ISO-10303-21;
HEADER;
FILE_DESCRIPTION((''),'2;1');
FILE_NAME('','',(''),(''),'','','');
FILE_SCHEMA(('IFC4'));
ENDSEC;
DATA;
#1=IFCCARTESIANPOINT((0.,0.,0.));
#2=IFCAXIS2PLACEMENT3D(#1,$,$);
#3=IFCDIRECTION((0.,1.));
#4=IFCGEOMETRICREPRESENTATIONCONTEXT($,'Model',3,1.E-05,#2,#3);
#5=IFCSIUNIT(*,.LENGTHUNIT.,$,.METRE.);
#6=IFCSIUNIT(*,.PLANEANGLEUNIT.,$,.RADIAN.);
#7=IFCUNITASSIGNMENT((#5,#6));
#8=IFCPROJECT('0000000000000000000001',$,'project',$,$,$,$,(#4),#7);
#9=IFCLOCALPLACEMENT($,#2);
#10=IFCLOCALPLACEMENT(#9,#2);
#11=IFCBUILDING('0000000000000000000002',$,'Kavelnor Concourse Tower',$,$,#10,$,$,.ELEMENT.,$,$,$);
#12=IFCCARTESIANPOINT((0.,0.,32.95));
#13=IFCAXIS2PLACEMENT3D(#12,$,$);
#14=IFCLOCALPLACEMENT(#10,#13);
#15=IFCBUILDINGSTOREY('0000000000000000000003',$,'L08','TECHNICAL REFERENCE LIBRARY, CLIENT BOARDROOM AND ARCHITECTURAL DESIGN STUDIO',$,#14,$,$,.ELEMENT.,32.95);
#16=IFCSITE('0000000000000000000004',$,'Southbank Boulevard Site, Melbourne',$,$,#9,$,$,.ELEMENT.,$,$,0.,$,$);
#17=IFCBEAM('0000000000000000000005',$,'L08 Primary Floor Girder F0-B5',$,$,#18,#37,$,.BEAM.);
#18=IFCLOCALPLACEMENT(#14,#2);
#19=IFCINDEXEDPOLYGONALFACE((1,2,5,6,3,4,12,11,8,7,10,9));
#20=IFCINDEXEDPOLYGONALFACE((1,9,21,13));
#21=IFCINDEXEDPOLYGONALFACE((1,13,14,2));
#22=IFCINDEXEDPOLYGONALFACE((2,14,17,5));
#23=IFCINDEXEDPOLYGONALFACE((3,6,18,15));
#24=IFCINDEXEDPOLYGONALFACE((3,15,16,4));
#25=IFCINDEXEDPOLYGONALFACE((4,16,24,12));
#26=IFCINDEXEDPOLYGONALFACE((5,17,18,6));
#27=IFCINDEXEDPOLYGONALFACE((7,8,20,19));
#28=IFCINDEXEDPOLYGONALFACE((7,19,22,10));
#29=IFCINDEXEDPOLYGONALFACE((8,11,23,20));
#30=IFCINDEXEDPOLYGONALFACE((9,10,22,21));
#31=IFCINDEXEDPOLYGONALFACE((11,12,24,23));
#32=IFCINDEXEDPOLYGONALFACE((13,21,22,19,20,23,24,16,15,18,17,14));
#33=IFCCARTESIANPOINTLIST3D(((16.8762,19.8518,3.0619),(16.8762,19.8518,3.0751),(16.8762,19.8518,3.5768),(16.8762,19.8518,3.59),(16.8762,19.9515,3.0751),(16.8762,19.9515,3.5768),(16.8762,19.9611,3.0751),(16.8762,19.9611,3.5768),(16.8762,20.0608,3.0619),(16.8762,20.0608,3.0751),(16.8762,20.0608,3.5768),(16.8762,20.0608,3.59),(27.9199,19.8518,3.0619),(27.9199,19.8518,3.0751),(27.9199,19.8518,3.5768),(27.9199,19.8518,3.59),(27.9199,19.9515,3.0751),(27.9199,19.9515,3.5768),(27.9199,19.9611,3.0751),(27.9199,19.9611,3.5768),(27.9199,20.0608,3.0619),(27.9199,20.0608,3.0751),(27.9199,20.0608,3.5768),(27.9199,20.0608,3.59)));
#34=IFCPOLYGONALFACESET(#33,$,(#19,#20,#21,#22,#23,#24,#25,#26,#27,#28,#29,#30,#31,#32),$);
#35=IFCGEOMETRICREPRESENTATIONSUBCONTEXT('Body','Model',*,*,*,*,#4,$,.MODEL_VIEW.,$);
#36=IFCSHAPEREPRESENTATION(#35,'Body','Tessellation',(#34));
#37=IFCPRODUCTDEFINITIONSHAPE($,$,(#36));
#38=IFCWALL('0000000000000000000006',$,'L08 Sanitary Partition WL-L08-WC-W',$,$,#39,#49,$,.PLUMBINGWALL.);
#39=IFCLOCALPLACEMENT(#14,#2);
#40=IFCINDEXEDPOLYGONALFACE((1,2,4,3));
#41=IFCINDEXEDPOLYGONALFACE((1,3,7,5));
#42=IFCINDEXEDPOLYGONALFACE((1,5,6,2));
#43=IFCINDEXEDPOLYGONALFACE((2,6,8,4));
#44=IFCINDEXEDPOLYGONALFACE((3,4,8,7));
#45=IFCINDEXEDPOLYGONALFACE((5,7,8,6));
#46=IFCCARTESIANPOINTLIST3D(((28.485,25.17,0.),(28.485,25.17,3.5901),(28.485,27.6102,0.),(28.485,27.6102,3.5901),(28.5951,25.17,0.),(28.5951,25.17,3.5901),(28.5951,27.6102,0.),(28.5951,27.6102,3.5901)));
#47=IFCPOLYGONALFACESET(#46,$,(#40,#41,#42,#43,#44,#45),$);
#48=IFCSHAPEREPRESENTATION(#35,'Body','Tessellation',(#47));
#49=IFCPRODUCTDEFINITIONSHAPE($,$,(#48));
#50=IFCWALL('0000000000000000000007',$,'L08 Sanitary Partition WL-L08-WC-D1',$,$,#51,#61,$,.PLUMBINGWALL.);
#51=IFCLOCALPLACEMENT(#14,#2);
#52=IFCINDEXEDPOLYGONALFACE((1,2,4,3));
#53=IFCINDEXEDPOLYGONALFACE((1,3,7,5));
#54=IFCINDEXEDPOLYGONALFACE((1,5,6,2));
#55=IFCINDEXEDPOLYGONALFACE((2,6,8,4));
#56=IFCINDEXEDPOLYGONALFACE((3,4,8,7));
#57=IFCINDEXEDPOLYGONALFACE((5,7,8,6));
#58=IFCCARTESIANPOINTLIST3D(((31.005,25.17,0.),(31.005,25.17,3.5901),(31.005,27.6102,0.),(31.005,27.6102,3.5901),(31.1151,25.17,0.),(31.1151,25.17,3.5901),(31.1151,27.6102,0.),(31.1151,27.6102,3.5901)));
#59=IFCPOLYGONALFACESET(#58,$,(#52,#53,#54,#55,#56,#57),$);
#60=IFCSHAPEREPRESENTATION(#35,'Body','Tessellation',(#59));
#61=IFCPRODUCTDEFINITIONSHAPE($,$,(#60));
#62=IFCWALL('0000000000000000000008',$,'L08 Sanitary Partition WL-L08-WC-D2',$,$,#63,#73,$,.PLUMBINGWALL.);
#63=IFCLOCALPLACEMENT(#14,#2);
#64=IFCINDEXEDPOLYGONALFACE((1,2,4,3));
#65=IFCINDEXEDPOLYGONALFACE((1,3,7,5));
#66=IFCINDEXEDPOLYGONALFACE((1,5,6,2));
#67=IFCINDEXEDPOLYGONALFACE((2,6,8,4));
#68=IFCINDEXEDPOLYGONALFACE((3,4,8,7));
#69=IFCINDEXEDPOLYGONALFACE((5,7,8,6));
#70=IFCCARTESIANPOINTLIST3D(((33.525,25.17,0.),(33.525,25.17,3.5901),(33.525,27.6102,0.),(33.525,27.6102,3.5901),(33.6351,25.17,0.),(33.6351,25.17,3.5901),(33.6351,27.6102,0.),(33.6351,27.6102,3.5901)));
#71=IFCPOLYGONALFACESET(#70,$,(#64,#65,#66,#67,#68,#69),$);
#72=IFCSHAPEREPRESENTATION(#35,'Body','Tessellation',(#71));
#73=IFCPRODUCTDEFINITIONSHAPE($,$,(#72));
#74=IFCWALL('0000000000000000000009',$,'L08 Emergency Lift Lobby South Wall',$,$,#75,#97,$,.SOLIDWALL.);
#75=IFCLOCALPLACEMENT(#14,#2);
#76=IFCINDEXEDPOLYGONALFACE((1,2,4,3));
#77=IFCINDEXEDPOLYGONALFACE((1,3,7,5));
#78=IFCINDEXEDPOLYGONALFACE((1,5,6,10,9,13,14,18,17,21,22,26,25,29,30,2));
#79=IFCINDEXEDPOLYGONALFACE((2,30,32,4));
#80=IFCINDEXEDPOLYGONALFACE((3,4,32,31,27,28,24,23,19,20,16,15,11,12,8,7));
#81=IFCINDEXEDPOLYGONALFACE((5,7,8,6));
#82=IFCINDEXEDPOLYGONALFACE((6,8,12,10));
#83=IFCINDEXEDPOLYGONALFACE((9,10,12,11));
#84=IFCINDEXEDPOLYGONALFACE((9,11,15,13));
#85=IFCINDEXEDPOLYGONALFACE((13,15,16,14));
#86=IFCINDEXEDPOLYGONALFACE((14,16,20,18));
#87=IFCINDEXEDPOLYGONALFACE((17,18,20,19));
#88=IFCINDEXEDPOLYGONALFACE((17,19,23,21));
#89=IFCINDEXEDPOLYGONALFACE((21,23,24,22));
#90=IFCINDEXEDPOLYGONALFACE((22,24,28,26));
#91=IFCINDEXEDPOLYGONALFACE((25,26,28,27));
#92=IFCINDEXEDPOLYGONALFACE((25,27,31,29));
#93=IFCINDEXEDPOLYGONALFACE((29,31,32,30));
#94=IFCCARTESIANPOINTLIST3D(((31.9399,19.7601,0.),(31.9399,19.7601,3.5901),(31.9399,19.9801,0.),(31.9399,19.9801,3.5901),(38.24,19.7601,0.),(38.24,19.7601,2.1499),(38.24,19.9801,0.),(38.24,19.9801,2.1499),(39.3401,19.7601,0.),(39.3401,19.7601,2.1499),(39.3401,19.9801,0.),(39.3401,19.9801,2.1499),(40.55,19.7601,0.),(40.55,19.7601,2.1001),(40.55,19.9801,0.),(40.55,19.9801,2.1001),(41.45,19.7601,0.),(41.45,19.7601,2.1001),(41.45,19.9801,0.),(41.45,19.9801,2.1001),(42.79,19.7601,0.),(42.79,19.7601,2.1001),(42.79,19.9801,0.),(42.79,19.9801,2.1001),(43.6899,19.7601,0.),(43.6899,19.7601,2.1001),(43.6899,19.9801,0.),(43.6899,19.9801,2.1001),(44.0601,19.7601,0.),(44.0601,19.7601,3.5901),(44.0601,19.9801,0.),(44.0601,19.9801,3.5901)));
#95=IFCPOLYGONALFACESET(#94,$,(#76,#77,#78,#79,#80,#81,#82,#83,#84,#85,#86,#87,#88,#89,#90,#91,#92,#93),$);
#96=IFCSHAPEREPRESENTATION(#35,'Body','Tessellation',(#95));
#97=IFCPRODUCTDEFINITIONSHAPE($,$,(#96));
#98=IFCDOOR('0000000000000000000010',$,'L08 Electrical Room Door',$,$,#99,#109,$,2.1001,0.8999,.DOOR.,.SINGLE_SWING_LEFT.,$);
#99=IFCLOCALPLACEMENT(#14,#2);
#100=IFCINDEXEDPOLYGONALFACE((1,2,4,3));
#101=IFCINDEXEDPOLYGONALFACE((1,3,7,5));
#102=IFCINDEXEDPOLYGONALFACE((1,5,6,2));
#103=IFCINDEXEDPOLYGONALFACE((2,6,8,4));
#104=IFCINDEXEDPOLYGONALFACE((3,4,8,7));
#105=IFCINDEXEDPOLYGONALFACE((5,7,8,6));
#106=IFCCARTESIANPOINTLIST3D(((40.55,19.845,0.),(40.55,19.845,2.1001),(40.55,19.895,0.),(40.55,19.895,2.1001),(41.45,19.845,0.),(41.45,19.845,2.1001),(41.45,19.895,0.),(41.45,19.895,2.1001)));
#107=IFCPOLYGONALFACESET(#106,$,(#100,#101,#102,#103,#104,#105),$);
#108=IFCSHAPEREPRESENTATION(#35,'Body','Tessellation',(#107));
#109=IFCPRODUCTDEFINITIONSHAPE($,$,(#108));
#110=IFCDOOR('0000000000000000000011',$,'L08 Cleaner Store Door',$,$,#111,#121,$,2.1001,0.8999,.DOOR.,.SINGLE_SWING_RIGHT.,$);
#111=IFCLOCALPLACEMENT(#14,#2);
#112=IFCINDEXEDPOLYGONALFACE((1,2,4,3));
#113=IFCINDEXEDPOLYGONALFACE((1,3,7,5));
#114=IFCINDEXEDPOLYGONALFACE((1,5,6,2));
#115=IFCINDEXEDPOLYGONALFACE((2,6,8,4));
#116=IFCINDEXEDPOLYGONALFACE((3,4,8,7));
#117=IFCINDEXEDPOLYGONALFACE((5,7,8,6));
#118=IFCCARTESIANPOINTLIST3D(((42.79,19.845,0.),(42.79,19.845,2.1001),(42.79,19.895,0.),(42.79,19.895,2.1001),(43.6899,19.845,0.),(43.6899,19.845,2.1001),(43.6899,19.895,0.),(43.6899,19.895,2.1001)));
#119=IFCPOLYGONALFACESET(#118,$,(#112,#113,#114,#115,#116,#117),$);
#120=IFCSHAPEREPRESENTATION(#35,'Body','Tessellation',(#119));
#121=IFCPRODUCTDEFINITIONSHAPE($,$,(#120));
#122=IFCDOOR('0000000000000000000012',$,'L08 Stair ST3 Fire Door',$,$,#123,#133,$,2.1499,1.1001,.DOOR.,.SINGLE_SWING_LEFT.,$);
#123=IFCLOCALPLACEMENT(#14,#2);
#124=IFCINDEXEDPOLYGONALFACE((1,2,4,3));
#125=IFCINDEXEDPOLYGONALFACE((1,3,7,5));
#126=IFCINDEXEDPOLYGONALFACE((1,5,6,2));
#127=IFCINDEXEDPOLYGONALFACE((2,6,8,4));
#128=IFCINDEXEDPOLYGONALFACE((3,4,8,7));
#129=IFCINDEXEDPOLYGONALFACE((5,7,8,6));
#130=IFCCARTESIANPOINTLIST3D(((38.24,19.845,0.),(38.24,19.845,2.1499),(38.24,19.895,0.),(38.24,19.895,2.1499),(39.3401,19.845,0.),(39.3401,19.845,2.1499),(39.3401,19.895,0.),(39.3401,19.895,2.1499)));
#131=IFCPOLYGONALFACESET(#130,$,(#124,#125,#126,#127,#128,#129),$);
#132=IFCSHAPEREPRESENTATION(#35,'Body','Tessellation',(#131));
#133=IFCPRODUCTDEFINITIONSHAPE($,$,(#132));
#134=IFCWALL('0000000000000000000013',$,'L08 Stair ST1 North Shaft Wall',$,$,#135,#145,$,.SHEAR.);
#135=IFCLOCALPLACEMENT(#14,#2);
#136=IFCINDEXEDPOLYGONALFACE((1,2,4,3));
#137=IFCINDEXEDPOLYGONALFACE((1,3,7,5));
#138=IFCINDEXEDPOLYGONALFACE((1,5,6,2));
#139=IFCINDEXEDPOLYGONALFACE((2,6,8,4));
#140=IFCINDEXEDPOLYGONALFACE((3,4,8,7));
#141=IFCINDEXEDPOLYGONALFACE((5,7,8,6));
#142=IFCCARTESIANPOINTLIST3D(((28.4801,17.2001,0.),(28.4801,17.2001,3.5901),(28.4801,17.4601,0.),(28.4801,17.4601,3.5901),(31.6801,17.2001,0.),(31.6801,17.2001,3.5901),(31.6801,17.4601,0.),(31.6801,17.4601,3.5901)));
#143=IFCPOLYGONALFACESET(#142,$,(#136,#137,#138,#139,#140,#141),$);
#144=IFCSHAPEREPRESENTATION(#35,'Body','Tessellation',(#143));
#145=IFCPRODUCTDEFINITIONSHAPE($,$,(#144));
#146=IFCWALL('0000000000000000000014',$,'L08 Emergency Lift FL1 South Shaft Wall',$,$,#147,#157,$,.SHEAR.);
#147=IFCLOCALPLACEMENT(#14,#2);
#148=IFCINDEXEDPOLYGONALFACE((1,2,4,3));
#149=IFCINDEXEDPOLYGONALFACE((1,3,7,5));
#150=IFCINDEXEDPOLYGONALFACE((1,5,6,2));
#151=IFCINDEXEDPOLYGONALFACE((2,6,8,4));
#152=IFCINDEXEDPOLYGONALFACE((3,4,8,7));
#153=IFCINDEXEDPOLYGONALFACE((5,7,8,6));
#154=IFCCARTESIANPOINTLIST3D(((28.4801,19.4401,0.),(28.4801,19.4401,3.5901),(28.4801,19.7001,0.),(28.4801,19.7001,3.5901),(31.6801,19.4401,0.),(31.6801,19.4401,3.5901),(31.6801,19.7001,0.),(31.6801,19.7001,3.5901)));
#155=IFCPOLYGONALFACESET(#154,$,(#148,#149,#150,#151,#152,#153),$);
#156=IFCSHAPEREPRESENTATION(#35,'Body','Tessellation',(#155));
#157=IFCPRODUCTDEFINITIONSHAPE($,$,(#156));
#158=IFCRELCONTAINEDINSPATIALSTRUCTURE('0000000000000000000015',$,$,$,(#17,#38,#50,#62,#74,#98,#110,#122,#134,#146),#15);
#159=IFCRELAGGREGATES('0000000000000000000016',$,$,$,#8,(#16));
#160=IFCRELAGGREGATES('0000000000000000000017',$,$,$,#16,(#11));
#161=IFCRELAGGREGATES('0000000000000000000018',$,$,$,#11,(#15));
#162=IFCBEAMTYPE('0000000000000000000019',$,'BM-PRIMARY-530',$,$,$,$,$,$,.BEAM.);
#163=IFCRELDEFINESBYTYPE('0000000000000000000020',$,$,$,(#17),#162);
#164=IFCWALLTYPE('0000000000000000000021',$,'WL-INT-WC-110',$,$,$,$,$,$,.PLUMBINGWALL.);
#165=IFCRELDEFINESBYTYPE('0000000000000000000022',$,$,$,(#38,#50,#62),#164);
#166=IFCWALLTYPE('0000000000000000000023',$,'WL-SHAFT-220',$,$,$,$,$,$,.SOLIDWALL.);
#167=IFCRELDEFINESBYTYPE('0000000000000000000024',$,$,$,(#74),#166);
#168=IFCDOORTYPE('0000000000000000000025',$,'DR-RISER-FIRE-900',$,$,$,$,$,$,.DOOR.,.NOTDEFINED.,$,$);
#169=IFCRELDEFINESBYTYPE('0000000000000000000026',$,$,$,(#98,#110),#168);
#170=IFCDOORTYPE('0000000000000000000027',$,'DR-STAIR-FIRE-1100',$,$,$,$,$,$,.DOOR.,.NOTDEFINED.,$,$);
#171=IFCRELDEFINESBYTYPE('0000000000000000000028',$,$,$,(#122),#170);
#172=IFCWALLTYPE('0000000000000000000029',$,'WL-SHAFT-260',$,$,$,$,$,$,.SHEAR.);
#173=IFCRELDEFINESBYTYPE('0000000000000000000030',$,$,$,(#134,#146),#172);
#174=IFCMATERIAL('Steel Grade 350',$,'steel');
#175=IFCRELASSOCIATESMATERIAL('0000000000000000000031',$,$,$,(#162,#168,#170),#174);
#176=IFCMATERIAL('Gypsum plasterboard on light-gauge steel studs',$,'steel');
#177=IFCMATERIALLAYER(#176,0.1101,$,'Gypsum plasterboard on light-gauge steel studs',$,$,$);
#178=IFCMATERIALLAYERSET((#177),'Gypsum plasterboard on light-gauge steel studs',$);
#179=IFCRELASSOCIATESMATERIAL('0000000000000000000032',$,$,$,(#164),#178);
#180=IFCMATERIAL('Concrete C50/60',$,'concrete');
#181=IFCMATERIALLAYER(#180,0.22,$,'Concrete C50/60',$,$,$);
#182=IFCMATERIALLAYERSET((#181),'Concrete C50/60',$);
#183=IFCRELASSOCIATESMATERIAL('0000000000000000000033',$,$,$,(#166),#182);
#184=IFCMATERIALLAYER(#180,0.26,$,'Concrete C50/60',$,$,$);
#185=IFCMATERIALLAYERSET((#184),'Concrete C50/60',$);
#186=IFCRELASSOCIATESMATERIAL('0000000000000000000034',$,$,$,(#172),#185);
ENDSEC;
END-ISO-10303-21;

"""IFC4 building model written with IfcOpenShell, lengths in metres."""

from ifc_helpers import new_model, si_unit, direction, frame, frame_2d, origin, origin_2d, place, context, subcontext, project, spatial, rectangle, i_section, extrude, material, layer, layer_set, material_profile, profile_set, type_object, element, fill, save


model = new_model("IFC4")

# Units and contexts
model_context = context("Model", 3, precision=1e-05, world=origin(), true_north=direction((0.0, 1.0)))
body_context = subcontext(model_context, "Body", "Model", "MODEL_VIEW")
ifc_project = project(units=[si_unit("LENGTHUNIT", "METRE"), si_unit("PLANEANGLEUNIT", "RADIAN")], contexts=[model_context])

# Site, building, storey
site_placement = place(None, origin())
site = spatial("IfcSite", under=ifc_project, at=site_placement, Name="Southbank Boulevard Site, Melbourne", CompositionType="ELEMENT", RefElevation=0.0)
building_placement = place(site_placement, origin())
building = spatial("IfcBuilding", under=site, at=building_placement, Name="Kavelnor Concourse Tower", CompositionType="ELEMENT")
storey_placement = place(building_placement, frame((0.0, 0.0, 32.95)))
storey = spatial("IfcBuildingStorey", under=building, at=storey_placement, Name="L08", Description="TECHNICAL REFERENCE LIBRARY, CLIENT BOARDROOM AND ARCHITECTURAL DESIGN STUDIO", CompositionType="ELEMENT", Elevation=32.95)

# Beam
ifc_material_1 = material(Name="Steel Grade 350", Category="steel")
ifc_material_profile_1 = material_profile(ifc_material_1, i_section(OverallWidth=0.209, OverallDepth=0.5281, WebThickness=0.0095, FlangeThickness=0.0132, at=origin_2d()), Name="530UB82")
ifc_profile_set_1 = profile_set([ifc_material_profile_1], Name="Steel Grade 350")
beam_type_1 = type_object("IfcBeamType", Name="BM-PRIMARY-530", PredefinedType="BEAM", material=ifc_profile_set_1)
beam_1_placement = place(storey_placement, frame((27.9199, 19.9563, 3.3259), z_axis=(-1.0, 0.0, 0.0), x_axis=(0.0, -1.0, 0.0)))
element("IfcBeam", 1, at=beam_1_placement, inside=storey, type_object=beam_type_1, Name="L08 Primary Floor Girder F0-B5", PredefinedType="BEAM", context=body_context, shape_type="SweptSolid", body=[
    extrude(i_section(OverallWidth=0.209, OverallDepth=0.5281, WebThickness=0.0095, FlangeThickness=0.0132, at=origin_2d()), origin(), (0.0, 0.0, 1.0), 11.0437),
])

# Walls
ifc_material_2 = material(Name="Gypsum plasterboard on light-gauge steel studs", Category="steel")
ifc_layer_1 = layer(ifc_material_2, 0.1101, Name="Gypsum plasterboard on light-gauge steel studs")
ifc_layer_set_1 = layer_set([ifc_layer_1], Name="Gypsum plasterboard on light-gauge steel studs")
wall_type_1 = type_object("IfcWallType", Name="WL-INT-WC-110", PredefinedType="PLUMBINGWALL", material=ifc_layer_set_1)
for number, where, z_axis, x_axis, name in (
    (2, (28.54, 25.1699, 0.0), (0.0, 0.0, 1.0), (0.0, 1.0, 0.0), "L08 Sanitary Partition WL-L08-WC-W"),
    (3, (31.0601, 25.1699, 0.0), (0.0, 0.0, 1.0), (0.0, 1.0, 0.0), "L08 Sanitary Partition WL-L08-WC-D1"),
    (4, (33.5801, 25.1699, 0.0), (0.0, 0.0, 1.0), (0.0, 1.0, 0.0), "L08 Sanitary Partition WL-L08-WC-D2"),
):
    element("IfcWall", number, at=place(storey_placement, frame(where, z_axis=z_axis, x_axis=x_axis)), inside=storey, type_object=wall_type_1, Name=name, PredefinedType="PLUMBINGWALL", context=body_context, shape_type="SweptSolid", body=[
        extrude(rectangle(XDim=2.4402, YDim=0.1101, at=frame_2d((1.2202, 0.0))), origin(), (0.0, 0.0, 1.0), 3.5901),
    ])

# Wall, openings, doors
ifc_material_3 = material(Name="Concrete C50/60", Category="concrete")
ifc_layer_2 = layer(ifc_material_3, 0.22, Name="Concrete C50/60")
ifc_layer_set_2 = layer_set([ifc_layer_2], Name="Concrete C50/60")
wall_type_2 = type_object("IfcWallType", Name="WL-SHAFT-220", PredefinedType="SOLIDWALL", material=ifc_layer_set_2)
wall_1_placement = place(storey_placement, frame((31.9399, 19.8701, 0.0), z_axis=(0.0, 0.0, 1.0), x_axis=(1.0, 0.0, 0.0)))
wall_1 = element("IfcWall", 5, at=wall_1_placement, inside=storey, type_object=wall_type_2, Name="L08 Emergency Lift Lobby South Wall", PredefinedType="SOLIDWALL", context=body_context, shape_type="SweptSolid", body=[
    extrude(rectangle(XDim=12.1201, YDim=0.22, at=frame_2d((6.0601, 0.0))), origin(), (0.0, 0.0, 1.0), 3.5901),
])
opening_1_placement = place(wall_1_placement, frame((6.3, 0.0, 0.0)))
opening_1 = element("IfcOpeningElement", 6, at=opening_1_placement, cuts=wall_1, PredefinedType="OPENING", context=body_context, shape_type="SweptSolid", body=[
    extrude(rectangle(XDim=1.1001, YDim=2.1499, at=frame_2d((0.55, 1.075))), frame((0.0, 0.1201, 0.0), z_axis=(0.0, -1.0, 0.0), x_axis=(1.0, 0.0, 0.0)), (0.0, 0.0, 1.0), 0.24),
])
opening_2_placement = place(wall_1_placement, frame((8.6101, 0.0, 0.0)))
opening_2 = element("IfcOpeningElement", 7, at=opening_2_placement, cuts=wall_1, PredefinedType="OPENING", context=body_context, shape_type="SweptSolid", body=[
    extrude(rectangle(XDim=0.8999, YDim=2.1001, at=frame_2d((0.45, 1.05))), frame((0.0, 0.1201, 0.0), z_axis=(0.0, -1.0, 0.0), x_axis=(1.0, 0.0, 0.0)), (0.0, 0.0, 1.0), 0.24),
])
opening_3_placement = place(wall_1_placement, frame((10.8501, 0.0, 0.0)))
opening_3 = element("IfcOpeningElement", 8, at=opening_3_placement, cuts=wall_1, PredefinedType="OPENING", context=body_context, shape_type="SweptSolid", body=[
    extrude(rectangle(XDim=0.8999, YDim=2.1001, at=frame_2d((0.45, 1.05))), frame((0.0, 0.1201, 0.0), z_axis=(0.0, -1.0, 0.0), x_axis=(1.0, 0.0, 0.0)), (0.0, 0.0, 1.0), 0.24),
])
door_type_1 = type_object("IfcDoorType", Name="DR-RISER-FIRE-900", OperationType="NOTDEFINED", PredefinedType="DOOR", material=ifc_material_1)
door_1_placement = place(opening_2_placement, origin())
door_1 = element("IfcDoor", 9, at=door_1_placement, inside=storey, type_object=door_type_1, Name="L08 Electrical Room Door", OperationType="SINGLE_SWING_LEFT", OverallHeight=2.1001, OverallWidth=0.8999, PredefinedType="DOOR", context=body_context, shape_type="SweptSolid", body=[
    extrude(rectangle(XDim=0.8999, YDim=2.1001, at=frame_2d((0.45, 1.05))), frame((0.0, 0.0249, 0.0), z_axis=(0.0, -1.0, 0.0), x_axis=(1.0, 0.0, 0.0)), (0.0, 0.0, 1.0), 0.05),
])
fill(opening_2, door_1)
door_2_placement = place(opening_3_placement, origin())
door_2 = element("IfcDoor", 10, at=door_2_placement, inside=storey, type_object=door_type_1, Name="L08 Cleaner Store Door", OperationType="SINGLE_SWING_RIGHT", OverallHeight=2.1001, OverallWidth=0.8999, PredefinedType="DOOR", context=body_context, shape_type="SweptSolid", body=[
    extrude(rectangle(XDim=0.8999, YDim=2.1001, at=frame_2d((0.45, 1.05))), frame((0.0, 0.0249, 0.0), z_axis=(0.0, -1.0, 0.0), x_axis=(1.0, 0.0, 0.0)), (0.0, 0.0, 1.0), 0.05),
])
fill(opening_3, door_2)
door_type_2 = type_object("IfcDoorType", Name="DR-STAIR-FIRE-1100", OperationType="NOTDEFINED", PredefinedType="DOOR", material=ifc_material_1)
door_3_placement = place(opening_1_placement, origin())
door_3 = element("IfcDoor", 11, at=door_3_placement, inside=storey, type_object=door_type_2, Name="L08 Stair ST3 Fire Door", OperationType="SINGLE_SWING_LEFT", OverallHeight=2.1499, OverallWidth=1.1001, PredefinedType="DOOR", context=body_context, shape_type="SweptSolid", body=[
    extrude(rectangle(XDim=1.1001, YDim=2.1499, at=frame_2d((0.55, 1.075))), frame((0.0, 0.0249, 0.0), z_axis=(0.0, -1.0, 0.0), x_axis=(1.0, 0.0, 0.0)), (0.0, 0.0, 1.0), 0.05),
])
fill(opening_1, door_3)

# Walls
ifc_layer_3 = layer(ifc_material_3, 0.26, Name="Concrete C50/60")
ifc_layer_set_3 = layer_set([ifc_layer_3], Name="Concrete C50/60")
wall_type_3 = type_object("IfcWallType", Name="WL-SHAFT-260", PredefinedType="SHEAR", material=ifc_layer_set_3)
for number, where, z_axis, x_axis, name in (
    (12, (28.48, 17.3301, 0.0), (0.0, 0.0, 1.0), (1.0, 0.0, 0.0), "L08 Stair ST1 North Shaft Wall"),
    (13, (28.48, 19.5701, 0.0), (0.0, 0.0, 1.0), (1.0, 0.0, 0.0), "L08 Emergency Lift FL1 South Shaft Wall"),
):
    element("IfcWall", number, at=place(storey_placement, frame(where, z_axis=z_axis, x_axis=x_axis)), inside=storey, type_object=wall_type_3, Name=name, PredefinedType="SHEAR", context=body_context, shape_type="SweptSolid", body=[
        extrude(rectangle(XDim=3.2, YDim=0.26, at=frame_2d((1.6001, 0.0))), origin(), (0.0, 0.0, 1.0), 3.5901),
    ])

save(model, "model.ifc")
